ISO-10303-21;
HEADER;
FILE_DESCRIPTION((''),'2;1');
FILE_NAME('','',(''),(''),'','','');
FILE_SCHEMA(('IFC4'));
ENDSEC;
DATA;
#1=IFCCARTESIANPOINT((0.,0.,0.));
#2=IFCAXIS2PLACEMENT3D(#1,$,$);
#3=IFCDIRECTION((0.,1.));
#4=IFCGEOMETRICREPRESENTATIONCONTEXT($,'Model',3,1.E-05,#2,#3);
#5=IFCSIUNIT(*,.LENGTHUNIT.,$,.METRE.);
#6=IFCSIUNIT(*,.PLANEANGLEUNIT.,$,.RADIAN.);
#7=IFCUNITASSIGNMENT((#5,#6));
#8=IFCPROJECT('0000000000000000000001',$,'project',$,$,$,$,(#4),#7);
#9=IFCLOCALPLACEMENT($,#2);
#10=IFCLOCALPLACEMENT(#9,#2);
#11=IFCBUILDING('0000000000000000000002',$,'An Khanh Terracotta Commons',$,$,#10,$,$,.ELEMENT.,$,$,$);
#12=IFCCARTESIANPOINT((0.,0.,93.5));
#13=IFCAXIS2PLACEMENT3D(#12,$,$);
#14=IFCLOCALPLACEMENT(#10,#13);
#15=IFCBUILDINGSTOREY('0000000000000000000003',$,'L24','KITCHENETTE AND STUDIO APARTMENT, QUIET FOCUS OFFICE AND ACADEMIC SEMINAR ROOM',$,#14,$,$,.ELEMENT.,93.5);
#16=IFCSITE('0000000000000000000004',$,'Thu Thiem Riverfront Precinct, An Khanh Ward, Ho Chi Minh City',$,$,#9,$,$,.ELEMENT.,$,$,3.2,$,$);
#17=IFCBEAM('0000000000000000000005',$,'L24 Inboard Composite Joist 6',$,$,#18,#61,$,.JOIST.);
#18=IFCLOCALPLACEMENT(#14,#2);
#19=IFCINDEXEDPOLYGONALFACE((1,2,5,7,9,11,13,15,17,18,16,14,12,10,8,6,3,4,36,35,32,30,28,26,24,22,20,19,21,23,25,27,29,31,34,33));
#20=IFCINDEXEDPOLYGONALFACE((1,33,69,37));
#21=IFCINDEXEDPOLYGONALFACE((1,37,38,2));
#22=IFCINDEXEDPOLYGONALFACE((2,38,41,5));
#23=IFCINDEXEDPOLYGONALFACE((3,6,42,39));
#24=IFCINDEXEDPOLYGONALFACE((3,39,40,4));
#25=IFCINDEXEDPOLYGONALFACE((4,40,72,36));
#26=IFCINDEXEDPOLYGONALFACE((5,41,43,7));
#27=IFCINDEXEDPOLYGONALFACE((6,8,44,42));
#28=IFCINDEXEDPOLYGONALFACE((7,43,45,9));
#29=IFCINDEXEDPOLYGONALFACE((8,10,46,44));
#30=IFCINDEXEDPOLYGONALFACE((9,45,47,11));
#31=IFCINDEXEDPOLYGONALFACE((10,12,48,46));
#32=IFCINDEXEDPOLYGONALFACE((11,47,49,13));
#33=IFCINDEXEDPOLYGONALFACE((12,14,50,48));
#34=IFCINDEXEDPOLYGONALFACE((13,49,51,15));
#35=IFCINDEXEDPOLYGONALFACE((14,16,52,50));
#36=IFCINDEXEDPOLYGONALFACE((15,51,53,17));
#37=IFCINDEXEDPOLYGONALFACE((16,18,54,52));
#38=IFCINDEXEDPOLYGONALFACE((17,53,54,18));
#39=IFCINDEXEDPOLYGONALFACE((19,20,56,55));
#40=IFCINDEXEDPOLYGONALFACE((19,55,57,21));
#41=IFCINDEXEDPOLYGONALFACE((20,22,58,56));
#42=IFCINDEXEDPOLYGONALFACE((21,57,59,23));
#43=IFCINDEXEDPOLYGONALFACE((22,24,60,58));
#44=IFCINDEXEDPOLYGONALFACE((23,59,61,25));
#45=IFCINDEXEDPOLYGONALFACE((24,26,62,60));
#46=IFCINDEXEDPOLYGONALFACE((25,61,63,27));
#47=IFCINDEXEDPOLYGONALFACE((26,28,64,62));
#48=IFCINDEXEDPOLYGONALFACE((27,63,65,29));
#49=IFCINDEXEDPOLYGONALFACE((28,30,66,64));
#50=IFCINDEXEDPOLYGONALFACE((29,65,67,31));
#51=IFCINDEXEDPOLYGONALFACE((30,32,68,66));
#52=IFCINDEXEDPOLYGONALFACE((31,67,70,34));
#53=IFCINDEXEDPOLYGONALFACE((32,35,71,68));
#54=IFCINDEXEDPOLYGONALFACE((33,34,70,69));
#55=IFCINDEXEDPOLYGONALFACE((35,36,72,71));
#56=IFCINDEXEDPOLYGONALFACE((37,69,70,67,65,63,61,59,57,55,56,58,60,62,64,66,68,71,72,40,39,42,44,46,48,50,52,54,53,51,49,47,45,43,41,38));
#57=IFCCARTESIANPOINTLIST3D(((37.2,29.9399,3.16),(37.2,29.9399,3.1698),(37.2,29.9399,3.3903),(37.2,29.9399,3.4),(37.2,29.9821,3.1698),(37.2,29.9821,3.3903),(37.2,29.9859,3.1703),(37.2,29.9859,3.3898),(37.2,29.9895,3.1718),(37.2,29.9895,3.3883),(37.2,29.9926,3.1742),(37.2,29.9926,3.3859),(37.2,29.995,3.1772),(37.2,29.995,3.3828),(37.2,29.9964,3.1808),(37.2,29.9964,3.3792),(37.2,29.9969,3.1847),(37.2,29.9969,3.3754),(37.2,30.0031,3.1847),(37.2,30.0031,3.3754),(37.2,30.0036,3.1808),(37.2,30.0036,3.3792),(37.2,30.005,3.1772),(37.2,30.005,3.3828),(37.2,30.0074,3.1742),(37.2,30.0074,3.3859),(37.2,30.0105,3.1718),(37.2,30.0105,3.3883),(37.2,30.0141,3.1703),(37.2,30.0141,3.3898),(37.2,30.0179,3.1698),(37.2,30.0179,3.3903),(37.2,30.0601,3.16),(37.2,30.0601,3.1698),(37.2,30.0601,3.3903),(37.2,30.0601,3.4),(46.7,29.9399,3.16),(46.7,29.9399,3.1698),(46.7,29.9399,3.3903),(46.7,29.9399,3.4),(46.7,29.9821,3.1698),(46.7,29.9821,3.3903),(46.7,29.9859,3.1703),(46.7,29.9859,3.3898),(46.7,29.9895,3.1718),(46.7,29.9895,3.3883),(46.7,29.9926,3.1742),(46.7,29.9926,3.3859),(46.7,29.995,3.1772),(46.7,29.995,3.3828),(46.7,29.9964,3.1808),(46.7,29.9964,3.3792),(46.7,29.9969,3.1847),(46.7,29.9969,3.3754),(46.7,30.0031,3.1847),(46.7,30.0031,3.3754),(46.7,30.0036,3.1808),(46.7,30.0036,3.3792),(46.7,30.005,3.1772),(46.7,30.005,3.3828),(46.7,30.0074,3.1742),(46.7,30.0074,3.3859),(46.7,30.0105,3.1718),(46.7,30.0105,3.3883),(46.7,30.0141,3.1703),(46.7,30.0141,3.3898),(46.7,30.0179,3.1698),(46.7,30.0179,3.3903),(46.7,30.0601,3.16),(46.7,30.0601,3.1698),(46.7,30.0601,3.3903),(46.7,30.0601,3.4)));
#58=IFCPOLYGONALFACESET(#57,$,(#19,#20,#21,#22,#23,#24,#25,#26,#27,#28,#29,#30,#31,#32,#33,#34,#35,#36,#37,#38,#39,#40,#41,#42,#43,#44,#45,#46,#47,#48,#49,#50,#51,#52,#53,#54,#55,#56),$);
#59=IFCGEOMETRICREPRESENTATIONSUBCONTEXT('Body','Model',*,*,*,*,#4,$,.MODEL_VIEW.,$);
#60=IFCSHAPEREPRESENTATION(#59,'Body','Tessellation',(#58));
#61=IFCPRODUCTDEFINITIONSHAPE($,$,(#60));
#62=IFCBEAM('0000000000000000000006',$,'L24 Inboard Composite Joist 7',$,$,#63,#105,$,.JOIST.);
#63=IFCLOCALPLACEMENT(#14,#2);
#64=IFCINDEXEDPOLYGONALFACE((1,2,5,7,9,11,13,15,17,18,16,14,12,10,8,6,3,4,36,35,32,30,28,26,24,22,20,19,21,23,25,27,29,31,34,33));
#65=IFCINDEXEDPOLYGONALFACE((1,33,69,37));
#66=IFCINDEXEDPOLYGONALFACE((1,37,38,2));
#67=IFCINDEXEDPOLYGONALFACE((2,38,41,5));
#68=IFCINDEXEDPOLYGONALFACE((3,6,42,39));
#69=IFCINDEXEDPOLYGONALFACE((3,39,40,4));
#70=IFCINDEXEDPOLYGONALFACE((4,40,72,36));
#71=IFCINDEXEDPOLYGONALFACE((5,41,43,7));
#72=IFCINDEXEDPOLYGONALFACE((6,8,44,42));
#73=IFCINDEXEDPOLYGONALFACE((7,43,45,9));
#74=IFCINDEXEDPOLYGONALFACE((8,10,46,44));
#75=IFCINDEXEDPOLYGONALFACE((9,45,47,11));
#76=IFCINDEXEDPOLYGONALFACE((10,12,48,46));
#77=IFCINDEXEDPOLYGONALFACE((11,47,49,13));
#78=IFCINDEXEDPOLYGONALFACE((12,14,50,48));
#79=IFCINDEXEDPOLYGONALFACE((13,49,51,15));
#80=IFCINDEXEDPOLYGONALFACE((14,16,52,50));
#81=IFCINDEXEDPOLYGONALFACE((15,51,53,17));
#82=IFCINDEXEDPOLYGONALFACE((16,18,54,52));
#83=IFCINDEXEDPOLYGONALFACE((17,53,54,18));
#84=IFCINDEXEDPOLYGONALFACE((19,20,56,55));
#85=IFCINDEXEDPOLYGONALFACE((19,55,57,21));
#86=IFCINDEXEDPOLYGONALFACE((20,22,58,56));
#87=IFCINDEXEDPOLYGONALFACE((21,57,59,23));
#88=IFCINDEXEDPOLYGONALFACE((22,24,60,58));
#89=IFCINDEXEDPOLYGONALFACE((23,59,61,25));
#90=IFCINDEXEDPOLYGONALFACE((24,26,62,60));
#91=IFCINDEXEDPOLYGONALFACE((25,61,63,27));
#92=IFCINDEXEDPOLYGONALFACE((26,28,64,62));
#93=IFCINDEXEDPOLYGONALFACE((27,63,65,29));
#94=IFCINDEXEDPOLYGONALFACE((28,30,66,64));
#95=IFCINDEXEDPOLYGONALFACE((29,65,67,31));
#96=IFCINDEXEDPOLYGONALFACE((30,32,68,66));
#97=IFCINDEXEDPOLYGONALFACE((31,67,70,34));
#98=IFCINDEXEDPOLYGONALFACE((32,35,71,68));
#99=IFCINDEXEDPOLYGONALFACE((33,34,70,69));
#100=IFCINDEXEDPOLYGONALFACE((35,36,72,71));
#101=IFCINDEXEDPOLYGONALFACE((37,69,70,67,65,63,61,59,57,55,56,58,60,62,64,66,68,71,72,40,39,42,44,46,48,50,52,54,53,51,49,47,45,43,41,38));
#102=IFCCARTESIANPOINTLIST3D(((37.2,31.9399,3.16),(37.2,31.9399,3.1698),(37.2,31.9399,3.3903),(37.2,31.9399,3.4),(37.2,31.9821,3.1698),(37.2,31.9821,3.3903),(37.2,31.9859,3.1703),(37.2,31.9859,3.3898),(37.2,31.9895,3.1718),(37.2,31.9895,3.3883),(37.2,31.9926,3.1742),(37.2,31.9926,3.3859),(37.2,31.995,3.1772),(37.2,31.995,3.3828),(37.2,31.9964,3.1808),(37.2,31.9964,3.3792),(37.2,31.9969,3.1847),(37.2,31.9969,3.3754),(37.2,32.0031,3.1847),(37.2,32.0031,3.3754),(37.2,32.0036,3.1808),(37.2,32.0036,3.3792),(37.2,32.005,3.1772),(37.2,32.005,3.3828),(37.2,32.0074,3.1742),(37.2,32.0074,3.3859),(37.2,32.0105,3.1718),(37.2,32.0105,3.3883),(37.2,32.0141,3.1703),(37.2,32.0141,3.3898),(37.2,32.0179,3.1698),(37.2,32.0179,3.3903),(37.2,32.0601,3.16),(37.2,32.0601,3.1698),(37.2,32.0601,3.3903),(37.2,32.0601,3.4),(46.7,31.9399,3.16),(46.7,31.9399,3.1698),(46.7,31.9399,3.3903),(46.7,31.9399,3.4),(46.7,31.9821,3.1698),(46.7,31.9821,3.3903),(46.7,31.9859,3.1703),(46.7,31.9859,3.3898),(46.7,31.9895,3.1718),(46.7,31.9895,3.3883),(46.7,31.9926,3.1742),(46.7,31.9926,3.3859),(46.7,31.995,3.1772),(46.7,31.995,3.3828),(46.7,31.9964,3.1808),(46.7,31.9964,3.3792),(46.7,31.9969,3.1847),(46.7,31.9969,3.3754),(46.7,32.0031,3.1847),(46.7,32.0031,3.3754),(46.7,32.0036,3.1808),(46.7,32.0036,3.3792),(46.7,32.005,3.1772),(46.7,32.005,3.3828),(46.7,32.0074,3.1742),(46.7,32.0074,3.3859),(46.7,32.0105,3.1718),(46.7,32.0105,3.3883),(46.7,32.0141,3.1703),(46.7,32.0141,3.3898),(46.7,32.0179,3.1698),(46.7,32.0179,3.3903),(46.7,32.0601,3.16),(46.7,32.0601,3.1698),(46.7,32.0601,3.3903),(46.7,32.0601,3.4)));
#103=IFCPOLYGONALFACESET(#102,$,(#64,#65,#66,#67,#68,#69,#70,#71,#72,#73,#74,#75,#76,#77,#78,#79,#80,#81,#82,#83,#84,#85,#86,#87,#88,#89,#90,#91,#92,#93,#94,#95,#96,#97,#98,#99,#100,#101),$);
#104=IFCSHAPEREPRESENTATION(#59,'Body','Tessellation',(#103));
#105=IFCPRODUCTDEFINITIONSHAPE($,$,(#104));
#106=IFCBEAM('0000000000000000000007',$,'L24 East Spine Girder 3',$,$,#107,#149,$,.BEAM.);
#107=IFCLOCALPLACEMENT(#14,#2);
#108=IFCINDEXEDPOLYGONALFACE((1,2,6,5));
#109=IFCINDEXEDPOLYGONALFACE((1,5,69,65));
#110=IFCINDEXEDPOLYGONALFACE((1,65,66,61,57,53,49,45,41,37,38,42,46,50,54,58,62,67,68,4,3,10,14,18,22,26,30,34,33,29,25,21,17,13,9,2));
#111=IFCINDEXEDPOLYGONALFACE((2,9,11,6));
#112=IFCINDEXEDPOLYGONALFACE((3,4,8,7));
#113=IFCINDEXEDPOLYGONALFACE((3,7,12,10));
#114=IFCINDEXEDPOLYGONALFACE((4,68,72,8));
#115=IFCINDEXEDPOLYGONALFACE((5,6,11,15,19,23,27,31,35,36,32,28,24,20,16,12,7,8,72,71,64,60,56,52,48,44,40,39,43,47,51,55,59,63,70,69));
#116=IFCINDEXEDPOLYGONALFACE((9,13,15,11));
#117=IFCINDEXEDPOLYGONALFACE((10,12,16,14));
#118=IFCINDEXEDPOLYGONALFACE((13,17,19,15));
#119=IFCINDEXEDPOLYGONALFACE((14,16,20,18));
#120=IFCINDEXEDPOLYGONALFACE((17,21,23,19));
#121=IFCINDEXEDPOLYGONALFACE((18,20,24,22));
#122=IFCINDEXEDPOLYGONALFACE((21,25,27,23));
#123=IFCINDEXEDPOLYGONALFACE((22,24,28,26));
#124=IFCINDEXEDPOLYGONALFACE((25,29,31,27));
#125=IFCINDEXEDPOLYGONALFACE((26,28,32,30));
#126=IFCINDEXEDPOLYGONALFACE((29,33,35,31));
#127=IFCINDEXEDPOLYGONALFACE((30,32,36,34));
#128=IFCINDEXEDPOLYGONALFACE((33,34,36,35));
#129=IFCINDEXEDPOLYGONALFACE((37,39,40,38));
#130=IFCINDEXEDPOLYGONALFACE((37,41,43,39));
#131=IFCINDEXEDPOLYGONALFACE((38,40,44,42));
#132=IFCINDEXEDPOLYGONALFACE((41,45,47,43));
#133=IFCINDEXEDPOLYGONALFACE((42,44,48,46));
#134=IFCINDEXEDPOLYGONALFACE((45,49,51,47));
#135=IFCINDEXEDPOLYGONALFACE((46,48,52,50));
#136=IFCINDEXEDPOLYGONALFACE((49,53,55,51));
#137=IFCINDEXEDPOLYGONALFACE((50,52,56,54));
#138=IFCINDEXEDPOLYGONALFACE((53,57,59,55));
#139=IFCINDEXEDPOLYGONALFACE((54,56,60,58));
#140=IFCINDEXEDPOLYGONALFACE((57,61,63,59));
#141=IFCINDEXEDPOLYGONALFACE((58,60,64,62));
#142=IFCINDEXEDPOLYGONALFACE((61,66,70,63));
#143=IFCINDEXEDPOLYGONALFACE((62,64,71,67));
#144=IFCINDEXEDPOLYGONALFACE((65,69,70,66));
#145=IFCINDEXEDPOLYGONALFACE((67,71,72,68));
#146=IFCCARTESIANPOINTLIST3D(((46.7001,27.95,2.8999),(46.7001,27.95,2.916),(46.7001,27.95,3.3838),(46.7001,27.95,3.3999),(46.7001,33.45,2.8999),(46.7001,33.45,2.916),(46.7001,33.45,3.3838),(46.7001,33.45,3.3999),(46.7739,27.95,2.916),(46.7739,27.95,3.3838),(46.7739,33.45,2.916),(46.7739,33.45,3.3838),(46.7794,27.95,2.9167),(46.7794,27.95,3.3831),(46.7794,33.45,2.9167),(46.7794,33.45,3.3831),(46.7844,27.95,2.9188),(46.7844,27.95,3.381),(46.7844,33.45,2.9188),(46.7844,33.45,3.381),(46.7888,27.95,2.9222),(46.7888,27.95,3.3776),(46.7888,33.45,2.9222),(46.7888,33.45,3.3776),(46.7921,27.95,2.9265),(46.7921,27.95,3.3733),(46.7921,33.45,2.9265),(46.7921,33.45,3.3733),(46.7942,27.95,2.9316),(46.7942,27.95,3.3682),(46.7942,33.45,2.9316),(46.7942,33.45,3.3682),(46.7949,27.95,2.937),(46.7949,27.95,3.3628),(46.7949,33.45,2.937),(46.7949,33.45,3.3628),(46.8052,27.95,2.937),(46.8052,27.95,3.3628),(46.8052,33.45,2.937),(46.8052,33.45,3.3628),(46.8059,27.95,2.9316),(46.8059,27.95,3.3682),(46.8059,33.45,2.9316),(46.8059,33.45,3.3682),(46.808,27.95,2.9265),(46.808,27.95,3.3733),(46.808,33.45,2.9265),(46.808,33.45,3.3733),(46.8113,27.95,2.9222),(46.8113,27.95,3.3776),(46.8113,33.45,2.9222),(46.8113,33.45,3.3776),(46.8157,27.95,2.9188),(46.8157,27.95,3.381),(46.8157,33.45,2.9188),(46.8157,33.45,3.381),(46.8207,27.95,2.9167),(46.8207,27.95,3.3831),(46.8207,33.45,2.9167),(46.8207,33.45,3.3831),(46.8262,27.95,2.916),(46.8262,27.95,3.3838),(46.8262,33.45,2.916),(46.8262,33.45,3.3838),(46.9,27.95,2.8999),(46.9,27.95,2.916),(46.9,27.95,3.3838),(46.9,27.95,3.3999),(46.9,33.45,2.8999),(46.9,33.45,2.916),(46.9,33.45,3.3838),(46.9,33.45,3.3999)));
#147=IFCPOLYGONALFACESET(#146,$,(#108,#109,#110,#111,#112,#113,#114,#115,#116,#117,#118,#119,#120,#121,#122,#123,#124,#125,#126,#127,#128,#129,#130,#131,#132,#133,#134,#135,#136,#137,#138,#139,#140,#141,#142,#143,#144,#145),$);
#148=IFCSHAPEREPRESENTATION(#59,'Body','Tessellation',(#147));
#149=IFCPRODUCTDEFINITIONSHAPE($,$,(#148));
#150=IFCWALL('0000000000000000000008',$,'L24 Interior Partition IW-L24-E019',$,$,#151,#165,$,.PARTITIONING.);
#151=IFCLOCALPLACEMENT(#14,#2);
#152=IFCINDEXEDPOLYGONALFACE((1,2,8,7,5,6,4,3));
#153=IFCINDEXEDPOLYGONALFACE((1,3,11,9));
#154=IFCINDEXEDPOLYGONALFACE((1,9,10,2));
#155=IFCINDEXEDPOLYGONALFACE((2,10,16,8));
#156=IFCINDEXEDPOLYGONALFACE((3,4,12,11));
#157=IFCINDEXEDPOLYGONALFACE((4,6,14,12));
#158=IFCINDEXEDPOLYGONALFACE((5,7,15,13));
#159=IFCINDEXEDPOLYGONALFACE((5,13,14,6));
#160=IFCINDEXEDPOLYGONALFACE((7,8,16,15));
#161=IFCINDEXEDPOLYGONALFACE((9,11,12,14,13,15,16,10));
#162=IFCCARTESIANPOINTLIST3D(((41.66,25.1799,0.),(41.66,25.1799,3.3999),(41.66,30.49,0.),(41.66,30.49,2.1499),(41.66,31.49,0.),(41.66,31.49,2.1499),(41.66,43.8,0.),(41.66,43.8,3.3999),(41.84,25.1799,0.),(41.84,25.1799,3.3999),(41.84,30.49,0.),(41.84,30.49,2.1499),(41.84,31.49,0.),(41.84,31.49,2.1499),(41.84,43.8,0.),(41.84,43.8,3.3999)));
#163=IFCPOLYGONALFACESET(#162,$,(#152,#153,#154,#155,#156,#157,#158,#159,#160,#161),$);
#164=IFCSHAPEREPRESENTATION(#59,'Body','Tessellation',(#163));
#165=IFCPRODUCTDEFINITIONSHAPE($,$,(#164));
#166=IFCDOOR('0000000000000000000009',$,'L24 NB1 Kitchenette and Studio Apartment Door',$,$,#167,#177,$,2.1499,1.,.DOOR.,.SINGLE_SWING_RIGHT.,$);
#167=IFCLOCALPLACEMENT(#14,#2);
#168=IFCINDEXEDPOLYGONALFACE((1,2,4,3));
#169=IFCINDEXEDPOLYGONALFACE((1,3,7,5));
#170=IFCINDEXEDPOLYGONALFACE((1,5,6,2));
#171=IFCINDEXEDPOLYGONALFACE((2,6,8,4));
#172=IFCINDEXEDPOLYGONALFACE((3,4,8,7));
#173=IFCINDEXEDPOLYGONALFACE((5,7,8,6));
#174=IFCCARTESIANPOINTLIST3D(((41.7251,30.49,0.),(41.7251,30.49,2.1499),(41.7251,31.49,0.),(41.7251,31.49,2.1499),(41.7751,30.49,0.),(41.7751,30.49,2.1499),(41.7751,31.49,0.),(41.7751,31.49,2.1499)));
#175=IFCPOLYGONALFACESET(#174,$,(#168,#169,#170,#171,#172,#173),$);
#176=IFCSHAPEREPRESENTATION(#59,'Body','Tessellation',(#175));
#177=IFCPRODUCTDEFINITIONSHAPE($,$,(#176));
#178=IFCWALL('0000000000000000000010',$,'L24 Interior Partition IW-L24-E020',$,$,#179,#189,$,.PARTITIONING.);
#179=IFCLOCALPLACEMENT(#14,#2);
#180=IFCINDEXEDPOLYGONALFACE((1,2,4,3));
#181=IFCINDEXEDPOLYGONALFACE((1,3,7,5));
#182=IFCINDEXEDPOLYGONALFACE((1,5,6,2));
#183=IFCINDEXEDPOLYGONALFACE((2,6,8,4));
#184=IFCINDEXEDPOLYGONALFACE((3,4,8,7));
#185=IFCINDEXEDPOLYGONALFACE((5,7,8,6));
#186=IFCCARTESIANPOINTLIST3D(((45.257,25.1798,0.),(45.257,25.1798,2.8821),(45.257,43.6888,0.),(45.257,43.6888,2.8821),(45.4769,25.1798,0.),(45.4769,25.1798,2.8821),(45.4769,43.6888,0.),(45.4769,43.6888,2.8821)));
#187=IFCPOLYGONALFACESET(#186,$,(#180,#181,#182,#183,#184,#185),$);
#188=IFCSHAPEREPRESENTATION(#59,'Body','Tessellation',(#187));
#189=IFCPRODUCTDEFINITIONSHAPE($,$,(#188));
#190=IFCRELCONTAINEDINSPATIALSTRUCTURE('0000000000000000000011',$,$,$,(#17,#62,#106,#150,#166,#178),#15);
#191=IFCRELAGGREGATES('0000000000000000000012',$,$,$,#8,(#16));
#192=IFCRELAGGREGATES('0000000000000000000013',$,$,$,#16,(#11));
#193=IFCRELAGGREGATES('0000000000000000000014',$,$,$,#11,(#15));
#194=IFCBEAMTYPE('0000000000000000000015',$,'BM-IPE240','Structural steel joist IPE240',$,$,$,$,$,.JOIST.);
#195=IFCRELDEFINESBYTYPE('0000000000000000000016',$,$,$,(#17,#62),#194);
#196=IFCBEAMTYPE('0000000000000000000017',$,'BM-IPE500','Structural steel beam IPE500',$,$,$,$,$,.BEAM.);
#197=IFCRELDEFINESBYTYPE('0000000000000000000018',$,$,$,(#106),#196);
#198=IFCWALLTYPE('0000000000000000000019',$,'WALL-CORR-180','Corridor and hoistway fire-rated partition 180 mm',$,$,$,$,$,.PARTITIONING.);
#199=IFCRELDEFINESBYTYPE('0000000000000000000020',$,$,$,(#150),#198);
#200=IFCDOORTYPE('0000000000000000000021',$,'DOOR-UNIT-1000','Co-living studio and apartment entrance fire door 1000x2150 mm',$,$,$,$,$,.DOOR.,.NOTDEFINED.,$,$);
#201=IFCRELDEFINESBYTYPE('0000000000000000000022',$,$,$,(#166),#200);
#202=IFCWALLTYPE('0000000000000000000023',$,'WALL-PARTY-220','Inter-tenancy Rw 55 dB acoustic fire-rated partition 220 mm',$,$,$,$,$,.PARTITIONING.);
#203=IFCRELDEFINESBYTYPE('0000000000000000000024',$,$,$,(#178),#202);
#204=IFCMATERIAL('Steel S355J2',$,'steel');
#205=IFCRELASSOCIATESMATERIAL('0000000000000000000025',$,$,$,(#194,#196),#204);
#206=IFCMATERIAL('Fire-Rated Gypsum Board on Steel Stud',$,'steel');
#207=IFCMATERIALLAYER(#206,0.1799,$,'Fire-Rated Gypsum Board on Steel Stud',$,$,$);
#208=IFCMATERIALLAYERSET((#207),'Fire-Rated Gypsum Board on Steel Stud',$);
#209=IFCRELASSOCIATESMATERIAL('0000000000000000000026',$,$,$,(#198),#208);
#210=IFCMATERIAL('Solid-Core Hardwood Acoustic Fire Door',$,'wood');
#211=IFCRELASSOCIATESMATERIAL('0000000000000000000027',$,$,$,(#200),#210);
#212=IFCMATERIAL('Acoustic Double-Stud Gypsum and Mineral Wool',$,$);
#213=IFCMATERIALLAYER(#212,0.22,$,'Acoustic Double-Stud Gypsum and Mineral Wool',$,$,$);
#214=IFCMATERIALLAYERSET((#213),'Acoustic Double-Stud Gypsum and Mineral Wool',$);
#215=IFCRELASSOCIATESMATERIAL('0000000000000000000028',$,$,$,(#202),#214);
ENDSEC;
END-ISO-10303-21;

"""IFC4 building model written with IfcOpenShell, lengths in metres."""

from ifc_helpers import new_model, si_unit, direction, frame, frame_2d, origin, origin_2d, place, context, subcontext, project, spatial, rectangle, i_section, extrude, material, layer, layer_set, material_profile, profile_set, type_object, element, fill, save


model = new_model("IFC4")

# Units and contexts
model_context = context("Model", 3, precision=1e-05, world=origin(), true_north=direction((0.0, 1.0)))
body_context = subcontext(model_context, "Body", "Model", "MODEL_VIEW")
ifc_project = project(units=[si_unit("LENGTHUNIT", "METRE"), si_unit("PLANEANGLEUNIT", "RADIAN")], contexts=[model_context])

# Site, building, storey
site_placement = place(None, origin())
site = spatial("IfcSite", under=ifc_project, at=site_placement, Name="Thu Thiem Riverfront Precinct, An Khanh Ward, Ho Chi Minh City", CompositionType="ELEMENT", RefElevation=3.2)
building_placement = place(site_placement, origin())
building = spatial("IfcBuilding", under=site, at=building_placement, Name="An Khanh Terracotta Commons", CompositionType="ELEMENT")
storey_placement = place(building_placement, frame((0.0, 0.0, 93.5)))
storey = spatial("IfcBuildingStorey", under=building, at=storey_placement, Name="L24", Description="KITCHENETTE AND STUDIO APARTMENT, QUIET FOCUS OFFICE AND ACADEMIC SEMINAR ROOM", CompositionType="ELEMENT", Elevation=93.5)

# Beams
ifc_material_1 = material(Name="Steel S355J2", Category="steel")
ifc_material_profile_1 = material_profile(ifc_material_1, i_section(OverallWidth=0.1201, OverallDepth=0.24, WebThickness=0.0061, FlangeThickness=0.0098, FilletRadius=0.0149, at=origin_2d()), Name="IPE240")
ifc_profile_set_1 = profile_set([ifc_material_profile_1], Name="Steel S355J2")
beam_type_1 = type_object("IfcBeamType", Name="BM-IPE240", Description="Structural steel joist IPE240", PredefinedType="JOIST", material=ifc_profile_set_1)
for number, where, z_axis, x_axis, name in (
    (1, (37.2, 30.0, 3.28), (1.0, 0.0, 0.0), (0.0, 1.0, 0.0), "L24 Inboard Composite Joist 6"),
    (2, (37.2, 32.0, 3.28), (1.0, 0.0, 0.0), (0.0, 1.0, 0.0), "L24 Inboard Composite Joist 7"),
):
    element("IfcBeam", number, at=place(storey_placement, frame(where, z_axis=z_axis, x_axis=x_axis)), inside=storey, type_object=beam_type_1, Name=name, PredefinedType="JOIST", context=body_context, shape_type="SweptSolid", body=[
        extrude(i_section(OverallWidth=0.1201, OverallDepth=0.24, WebThickness=0.0061, FlangeThickness=0.0098, FilletRadius=0.0149, at=origin_2d()), origin(), (0.0, 0.0, 1.0), 9.5),
    ])
ifc_material_profile_2 = material_profile(ifc_material_1, i_section(OverallWidth=0.2, OverallDepth=0.5, WebThickness=0.0103, FlangeThickness=0.0161, FilletRadius=0.021, at=origin_2d()), Name="IPE500")
ifc_profile_set_2 = profile_set([ifc_material_profile_2], Name="Steel S355J2")
beam_type_2 = type_object("IfcBeamType", Name="BM-IPE500", Description="Structural steel beam IPE500", PredefinedType="BEAM", material=ifc_profile_set_2)
beam_1_placement = place(storey_placement, frame((46.8, 27.95, 3.1499), z_axis=(0.0, 1.0, 0.0), x_axis=(-1.0, 0.0, 0.0)))
element("IfcBeam", 3, at=beam_1_placement, inside=storey, type_object=beam_type_2, Name="L24 East Spine Girder 3", PredefinedType="BEAM", context=body_context, shape_type="SweptSolid", body=[
    extrude(i_section(OverallWidth=0.2, OverallDepth=0.5, WebThickness=0.0103, FlangeThickness=0.0161, FilletRadius=0.021, at=origin_2d()), origin(), (0.0, 0.0, 1.0), 5.5),
])

# Wall, opening, door
ifc_material_2 = material(Name="Fire-Rated Gypsum Board on Steel Stud", Category="steel")
ifc_layer_1 = layer(ifc_material_2, 0.1799, Name="Fire-Rated Gypsum Board on Steel Stud")
ifc_layer_set_1 = layer_set([ifc_layer_1], Name="Fire-Rated Gypsum Board on Steel Stud")
wall_type_1 = type_object("IfcWallType", Name="WALL-CORR-180", Description="Corridor and hoistway fire-rated partition 180 mm", PredefinedType="PARTITIONING", material=ifc_layer_set_1)
wall_1_placement = place(storey_placement, frame((41.75, 25.1799, 0.0), z_axis=(0.0, 0.0, 1.0), x_axis=(0.0, 1.0, 0.0)))
wall_1 = element("IfcWall", 4, at=wall_1_placement, inside=storey, type_object=wall_type_1, Name="L24 Interior Partition IW-L24-E019", PredefinedType="PARTITIONING", context=body_context, shape_type="SweptSolid", body=[
    extrude(rectangle(XDim=18.6201, YDim=0.1799, at=frame_2d((9.3101, 0.0))), origin(), (0.0, 0.0, 1.0), 3.3999),
])
opening_1_placement = place(wall_1_placement, frame((5.3101, 0.0, 0.0)))
opening_1 = element("IfcOpeningElement", 5, at=opening_1_placement, cuts=wall_1, PredefinedType="OPENING", context=body_context, shape_type="SweptSolid", body=[
    extrude(rectangle(XDim=1.0, YDim=2.1499, at=frame_2d((0.5, 1.075))), frame((0.0, 0.0999, 0.0), z_axis=(0.0, -1.0, 0.0), x_axis=(1.0, 0.0, 0.0)), (0.0, 0.0, 1.0), 0.2),
])
ifc_material_3 = material(Name="Solid-Core Hardwood Acoustic Fire Door", Category="wood")
door_type_1 = type_object("IfcDoorType", Name="DOOR-UNIT-1000", Description="Co-living studio and apartment entrance fire door 1000x2150 mm", OperationType="NOTDEFINED", PredefinedType="DOOR", material=ifc_material_3)
door_1_placement = place(opening_1_placement, origin())
door_1 = element("IfcDoor", 6, at=door_1_placement, inside=storey, type_object=door_type_1, Name="L24 NB1 Kitchenette and Studio Apartment Door", OperationType="SINGLE_SWING_RIGHT", OverallHeight=2.1499, OverallWidth=1.0, PredefinedType="DOOR", context=body_context, shape_type="SweptSolid", body=[
    extrude(rectangle(XDim=1.0, YDim=2.1499, at=frame_2d((0.5, 1.075))), frame((0.0, 0.0249, 0.0), z_axis=(0.0, -1.0, 0.0), x_axis=(1.0, 0.0, 0.0)), (0.0, 0.0, 1.0), 0.05),
])
fill(opening_1, door_1)

# Wall
ifc_material_4 = material(Name="Acoustic Double-Stud Gypsum and Mineral Wool")
ifc_layer_2 = layer(ifc_material_4, 0.22, Name="Acoustic Double-Stud Gypsum and Mineral Wool")
ifc_layer_set_2 = layer_set([ifc_layer_2], Name="Acoustic Double-Stud Gypsum and Mineral Wool")
wall_type_2 = type_object("IfcWallType", Name="WALL-PARTY-220", Description="Inter-tenancy Rw 55 dB acoustic fire-rated partition 220 mm", PredefinedType="PARTITIONING", material=ifc_layer_set_2)
wall_2_placement = place(storey_placement, frame((45.3669, 25.1799, 0.0), z_axis=(0.0, 0.0, 1.0), x_axis=(0.0, 1.0, 0.0)))
element("IfcWall", 7, at=wall_2_placement, inside=storey, type_object=wall_type_2, Name="L24 Interior Partition IW-L24-E020", PredefinedType="PARTITIONING", context=body_context, shape_type="SweptSolid", body=[
    extrude(rectangle(XDim=18.509, YDim=0.22, at=frame_2d((9.2544, 0.0))), origin(), (0.0, 0.0, 1.0), 2.8821),
])

save(model, "model.ifc")
